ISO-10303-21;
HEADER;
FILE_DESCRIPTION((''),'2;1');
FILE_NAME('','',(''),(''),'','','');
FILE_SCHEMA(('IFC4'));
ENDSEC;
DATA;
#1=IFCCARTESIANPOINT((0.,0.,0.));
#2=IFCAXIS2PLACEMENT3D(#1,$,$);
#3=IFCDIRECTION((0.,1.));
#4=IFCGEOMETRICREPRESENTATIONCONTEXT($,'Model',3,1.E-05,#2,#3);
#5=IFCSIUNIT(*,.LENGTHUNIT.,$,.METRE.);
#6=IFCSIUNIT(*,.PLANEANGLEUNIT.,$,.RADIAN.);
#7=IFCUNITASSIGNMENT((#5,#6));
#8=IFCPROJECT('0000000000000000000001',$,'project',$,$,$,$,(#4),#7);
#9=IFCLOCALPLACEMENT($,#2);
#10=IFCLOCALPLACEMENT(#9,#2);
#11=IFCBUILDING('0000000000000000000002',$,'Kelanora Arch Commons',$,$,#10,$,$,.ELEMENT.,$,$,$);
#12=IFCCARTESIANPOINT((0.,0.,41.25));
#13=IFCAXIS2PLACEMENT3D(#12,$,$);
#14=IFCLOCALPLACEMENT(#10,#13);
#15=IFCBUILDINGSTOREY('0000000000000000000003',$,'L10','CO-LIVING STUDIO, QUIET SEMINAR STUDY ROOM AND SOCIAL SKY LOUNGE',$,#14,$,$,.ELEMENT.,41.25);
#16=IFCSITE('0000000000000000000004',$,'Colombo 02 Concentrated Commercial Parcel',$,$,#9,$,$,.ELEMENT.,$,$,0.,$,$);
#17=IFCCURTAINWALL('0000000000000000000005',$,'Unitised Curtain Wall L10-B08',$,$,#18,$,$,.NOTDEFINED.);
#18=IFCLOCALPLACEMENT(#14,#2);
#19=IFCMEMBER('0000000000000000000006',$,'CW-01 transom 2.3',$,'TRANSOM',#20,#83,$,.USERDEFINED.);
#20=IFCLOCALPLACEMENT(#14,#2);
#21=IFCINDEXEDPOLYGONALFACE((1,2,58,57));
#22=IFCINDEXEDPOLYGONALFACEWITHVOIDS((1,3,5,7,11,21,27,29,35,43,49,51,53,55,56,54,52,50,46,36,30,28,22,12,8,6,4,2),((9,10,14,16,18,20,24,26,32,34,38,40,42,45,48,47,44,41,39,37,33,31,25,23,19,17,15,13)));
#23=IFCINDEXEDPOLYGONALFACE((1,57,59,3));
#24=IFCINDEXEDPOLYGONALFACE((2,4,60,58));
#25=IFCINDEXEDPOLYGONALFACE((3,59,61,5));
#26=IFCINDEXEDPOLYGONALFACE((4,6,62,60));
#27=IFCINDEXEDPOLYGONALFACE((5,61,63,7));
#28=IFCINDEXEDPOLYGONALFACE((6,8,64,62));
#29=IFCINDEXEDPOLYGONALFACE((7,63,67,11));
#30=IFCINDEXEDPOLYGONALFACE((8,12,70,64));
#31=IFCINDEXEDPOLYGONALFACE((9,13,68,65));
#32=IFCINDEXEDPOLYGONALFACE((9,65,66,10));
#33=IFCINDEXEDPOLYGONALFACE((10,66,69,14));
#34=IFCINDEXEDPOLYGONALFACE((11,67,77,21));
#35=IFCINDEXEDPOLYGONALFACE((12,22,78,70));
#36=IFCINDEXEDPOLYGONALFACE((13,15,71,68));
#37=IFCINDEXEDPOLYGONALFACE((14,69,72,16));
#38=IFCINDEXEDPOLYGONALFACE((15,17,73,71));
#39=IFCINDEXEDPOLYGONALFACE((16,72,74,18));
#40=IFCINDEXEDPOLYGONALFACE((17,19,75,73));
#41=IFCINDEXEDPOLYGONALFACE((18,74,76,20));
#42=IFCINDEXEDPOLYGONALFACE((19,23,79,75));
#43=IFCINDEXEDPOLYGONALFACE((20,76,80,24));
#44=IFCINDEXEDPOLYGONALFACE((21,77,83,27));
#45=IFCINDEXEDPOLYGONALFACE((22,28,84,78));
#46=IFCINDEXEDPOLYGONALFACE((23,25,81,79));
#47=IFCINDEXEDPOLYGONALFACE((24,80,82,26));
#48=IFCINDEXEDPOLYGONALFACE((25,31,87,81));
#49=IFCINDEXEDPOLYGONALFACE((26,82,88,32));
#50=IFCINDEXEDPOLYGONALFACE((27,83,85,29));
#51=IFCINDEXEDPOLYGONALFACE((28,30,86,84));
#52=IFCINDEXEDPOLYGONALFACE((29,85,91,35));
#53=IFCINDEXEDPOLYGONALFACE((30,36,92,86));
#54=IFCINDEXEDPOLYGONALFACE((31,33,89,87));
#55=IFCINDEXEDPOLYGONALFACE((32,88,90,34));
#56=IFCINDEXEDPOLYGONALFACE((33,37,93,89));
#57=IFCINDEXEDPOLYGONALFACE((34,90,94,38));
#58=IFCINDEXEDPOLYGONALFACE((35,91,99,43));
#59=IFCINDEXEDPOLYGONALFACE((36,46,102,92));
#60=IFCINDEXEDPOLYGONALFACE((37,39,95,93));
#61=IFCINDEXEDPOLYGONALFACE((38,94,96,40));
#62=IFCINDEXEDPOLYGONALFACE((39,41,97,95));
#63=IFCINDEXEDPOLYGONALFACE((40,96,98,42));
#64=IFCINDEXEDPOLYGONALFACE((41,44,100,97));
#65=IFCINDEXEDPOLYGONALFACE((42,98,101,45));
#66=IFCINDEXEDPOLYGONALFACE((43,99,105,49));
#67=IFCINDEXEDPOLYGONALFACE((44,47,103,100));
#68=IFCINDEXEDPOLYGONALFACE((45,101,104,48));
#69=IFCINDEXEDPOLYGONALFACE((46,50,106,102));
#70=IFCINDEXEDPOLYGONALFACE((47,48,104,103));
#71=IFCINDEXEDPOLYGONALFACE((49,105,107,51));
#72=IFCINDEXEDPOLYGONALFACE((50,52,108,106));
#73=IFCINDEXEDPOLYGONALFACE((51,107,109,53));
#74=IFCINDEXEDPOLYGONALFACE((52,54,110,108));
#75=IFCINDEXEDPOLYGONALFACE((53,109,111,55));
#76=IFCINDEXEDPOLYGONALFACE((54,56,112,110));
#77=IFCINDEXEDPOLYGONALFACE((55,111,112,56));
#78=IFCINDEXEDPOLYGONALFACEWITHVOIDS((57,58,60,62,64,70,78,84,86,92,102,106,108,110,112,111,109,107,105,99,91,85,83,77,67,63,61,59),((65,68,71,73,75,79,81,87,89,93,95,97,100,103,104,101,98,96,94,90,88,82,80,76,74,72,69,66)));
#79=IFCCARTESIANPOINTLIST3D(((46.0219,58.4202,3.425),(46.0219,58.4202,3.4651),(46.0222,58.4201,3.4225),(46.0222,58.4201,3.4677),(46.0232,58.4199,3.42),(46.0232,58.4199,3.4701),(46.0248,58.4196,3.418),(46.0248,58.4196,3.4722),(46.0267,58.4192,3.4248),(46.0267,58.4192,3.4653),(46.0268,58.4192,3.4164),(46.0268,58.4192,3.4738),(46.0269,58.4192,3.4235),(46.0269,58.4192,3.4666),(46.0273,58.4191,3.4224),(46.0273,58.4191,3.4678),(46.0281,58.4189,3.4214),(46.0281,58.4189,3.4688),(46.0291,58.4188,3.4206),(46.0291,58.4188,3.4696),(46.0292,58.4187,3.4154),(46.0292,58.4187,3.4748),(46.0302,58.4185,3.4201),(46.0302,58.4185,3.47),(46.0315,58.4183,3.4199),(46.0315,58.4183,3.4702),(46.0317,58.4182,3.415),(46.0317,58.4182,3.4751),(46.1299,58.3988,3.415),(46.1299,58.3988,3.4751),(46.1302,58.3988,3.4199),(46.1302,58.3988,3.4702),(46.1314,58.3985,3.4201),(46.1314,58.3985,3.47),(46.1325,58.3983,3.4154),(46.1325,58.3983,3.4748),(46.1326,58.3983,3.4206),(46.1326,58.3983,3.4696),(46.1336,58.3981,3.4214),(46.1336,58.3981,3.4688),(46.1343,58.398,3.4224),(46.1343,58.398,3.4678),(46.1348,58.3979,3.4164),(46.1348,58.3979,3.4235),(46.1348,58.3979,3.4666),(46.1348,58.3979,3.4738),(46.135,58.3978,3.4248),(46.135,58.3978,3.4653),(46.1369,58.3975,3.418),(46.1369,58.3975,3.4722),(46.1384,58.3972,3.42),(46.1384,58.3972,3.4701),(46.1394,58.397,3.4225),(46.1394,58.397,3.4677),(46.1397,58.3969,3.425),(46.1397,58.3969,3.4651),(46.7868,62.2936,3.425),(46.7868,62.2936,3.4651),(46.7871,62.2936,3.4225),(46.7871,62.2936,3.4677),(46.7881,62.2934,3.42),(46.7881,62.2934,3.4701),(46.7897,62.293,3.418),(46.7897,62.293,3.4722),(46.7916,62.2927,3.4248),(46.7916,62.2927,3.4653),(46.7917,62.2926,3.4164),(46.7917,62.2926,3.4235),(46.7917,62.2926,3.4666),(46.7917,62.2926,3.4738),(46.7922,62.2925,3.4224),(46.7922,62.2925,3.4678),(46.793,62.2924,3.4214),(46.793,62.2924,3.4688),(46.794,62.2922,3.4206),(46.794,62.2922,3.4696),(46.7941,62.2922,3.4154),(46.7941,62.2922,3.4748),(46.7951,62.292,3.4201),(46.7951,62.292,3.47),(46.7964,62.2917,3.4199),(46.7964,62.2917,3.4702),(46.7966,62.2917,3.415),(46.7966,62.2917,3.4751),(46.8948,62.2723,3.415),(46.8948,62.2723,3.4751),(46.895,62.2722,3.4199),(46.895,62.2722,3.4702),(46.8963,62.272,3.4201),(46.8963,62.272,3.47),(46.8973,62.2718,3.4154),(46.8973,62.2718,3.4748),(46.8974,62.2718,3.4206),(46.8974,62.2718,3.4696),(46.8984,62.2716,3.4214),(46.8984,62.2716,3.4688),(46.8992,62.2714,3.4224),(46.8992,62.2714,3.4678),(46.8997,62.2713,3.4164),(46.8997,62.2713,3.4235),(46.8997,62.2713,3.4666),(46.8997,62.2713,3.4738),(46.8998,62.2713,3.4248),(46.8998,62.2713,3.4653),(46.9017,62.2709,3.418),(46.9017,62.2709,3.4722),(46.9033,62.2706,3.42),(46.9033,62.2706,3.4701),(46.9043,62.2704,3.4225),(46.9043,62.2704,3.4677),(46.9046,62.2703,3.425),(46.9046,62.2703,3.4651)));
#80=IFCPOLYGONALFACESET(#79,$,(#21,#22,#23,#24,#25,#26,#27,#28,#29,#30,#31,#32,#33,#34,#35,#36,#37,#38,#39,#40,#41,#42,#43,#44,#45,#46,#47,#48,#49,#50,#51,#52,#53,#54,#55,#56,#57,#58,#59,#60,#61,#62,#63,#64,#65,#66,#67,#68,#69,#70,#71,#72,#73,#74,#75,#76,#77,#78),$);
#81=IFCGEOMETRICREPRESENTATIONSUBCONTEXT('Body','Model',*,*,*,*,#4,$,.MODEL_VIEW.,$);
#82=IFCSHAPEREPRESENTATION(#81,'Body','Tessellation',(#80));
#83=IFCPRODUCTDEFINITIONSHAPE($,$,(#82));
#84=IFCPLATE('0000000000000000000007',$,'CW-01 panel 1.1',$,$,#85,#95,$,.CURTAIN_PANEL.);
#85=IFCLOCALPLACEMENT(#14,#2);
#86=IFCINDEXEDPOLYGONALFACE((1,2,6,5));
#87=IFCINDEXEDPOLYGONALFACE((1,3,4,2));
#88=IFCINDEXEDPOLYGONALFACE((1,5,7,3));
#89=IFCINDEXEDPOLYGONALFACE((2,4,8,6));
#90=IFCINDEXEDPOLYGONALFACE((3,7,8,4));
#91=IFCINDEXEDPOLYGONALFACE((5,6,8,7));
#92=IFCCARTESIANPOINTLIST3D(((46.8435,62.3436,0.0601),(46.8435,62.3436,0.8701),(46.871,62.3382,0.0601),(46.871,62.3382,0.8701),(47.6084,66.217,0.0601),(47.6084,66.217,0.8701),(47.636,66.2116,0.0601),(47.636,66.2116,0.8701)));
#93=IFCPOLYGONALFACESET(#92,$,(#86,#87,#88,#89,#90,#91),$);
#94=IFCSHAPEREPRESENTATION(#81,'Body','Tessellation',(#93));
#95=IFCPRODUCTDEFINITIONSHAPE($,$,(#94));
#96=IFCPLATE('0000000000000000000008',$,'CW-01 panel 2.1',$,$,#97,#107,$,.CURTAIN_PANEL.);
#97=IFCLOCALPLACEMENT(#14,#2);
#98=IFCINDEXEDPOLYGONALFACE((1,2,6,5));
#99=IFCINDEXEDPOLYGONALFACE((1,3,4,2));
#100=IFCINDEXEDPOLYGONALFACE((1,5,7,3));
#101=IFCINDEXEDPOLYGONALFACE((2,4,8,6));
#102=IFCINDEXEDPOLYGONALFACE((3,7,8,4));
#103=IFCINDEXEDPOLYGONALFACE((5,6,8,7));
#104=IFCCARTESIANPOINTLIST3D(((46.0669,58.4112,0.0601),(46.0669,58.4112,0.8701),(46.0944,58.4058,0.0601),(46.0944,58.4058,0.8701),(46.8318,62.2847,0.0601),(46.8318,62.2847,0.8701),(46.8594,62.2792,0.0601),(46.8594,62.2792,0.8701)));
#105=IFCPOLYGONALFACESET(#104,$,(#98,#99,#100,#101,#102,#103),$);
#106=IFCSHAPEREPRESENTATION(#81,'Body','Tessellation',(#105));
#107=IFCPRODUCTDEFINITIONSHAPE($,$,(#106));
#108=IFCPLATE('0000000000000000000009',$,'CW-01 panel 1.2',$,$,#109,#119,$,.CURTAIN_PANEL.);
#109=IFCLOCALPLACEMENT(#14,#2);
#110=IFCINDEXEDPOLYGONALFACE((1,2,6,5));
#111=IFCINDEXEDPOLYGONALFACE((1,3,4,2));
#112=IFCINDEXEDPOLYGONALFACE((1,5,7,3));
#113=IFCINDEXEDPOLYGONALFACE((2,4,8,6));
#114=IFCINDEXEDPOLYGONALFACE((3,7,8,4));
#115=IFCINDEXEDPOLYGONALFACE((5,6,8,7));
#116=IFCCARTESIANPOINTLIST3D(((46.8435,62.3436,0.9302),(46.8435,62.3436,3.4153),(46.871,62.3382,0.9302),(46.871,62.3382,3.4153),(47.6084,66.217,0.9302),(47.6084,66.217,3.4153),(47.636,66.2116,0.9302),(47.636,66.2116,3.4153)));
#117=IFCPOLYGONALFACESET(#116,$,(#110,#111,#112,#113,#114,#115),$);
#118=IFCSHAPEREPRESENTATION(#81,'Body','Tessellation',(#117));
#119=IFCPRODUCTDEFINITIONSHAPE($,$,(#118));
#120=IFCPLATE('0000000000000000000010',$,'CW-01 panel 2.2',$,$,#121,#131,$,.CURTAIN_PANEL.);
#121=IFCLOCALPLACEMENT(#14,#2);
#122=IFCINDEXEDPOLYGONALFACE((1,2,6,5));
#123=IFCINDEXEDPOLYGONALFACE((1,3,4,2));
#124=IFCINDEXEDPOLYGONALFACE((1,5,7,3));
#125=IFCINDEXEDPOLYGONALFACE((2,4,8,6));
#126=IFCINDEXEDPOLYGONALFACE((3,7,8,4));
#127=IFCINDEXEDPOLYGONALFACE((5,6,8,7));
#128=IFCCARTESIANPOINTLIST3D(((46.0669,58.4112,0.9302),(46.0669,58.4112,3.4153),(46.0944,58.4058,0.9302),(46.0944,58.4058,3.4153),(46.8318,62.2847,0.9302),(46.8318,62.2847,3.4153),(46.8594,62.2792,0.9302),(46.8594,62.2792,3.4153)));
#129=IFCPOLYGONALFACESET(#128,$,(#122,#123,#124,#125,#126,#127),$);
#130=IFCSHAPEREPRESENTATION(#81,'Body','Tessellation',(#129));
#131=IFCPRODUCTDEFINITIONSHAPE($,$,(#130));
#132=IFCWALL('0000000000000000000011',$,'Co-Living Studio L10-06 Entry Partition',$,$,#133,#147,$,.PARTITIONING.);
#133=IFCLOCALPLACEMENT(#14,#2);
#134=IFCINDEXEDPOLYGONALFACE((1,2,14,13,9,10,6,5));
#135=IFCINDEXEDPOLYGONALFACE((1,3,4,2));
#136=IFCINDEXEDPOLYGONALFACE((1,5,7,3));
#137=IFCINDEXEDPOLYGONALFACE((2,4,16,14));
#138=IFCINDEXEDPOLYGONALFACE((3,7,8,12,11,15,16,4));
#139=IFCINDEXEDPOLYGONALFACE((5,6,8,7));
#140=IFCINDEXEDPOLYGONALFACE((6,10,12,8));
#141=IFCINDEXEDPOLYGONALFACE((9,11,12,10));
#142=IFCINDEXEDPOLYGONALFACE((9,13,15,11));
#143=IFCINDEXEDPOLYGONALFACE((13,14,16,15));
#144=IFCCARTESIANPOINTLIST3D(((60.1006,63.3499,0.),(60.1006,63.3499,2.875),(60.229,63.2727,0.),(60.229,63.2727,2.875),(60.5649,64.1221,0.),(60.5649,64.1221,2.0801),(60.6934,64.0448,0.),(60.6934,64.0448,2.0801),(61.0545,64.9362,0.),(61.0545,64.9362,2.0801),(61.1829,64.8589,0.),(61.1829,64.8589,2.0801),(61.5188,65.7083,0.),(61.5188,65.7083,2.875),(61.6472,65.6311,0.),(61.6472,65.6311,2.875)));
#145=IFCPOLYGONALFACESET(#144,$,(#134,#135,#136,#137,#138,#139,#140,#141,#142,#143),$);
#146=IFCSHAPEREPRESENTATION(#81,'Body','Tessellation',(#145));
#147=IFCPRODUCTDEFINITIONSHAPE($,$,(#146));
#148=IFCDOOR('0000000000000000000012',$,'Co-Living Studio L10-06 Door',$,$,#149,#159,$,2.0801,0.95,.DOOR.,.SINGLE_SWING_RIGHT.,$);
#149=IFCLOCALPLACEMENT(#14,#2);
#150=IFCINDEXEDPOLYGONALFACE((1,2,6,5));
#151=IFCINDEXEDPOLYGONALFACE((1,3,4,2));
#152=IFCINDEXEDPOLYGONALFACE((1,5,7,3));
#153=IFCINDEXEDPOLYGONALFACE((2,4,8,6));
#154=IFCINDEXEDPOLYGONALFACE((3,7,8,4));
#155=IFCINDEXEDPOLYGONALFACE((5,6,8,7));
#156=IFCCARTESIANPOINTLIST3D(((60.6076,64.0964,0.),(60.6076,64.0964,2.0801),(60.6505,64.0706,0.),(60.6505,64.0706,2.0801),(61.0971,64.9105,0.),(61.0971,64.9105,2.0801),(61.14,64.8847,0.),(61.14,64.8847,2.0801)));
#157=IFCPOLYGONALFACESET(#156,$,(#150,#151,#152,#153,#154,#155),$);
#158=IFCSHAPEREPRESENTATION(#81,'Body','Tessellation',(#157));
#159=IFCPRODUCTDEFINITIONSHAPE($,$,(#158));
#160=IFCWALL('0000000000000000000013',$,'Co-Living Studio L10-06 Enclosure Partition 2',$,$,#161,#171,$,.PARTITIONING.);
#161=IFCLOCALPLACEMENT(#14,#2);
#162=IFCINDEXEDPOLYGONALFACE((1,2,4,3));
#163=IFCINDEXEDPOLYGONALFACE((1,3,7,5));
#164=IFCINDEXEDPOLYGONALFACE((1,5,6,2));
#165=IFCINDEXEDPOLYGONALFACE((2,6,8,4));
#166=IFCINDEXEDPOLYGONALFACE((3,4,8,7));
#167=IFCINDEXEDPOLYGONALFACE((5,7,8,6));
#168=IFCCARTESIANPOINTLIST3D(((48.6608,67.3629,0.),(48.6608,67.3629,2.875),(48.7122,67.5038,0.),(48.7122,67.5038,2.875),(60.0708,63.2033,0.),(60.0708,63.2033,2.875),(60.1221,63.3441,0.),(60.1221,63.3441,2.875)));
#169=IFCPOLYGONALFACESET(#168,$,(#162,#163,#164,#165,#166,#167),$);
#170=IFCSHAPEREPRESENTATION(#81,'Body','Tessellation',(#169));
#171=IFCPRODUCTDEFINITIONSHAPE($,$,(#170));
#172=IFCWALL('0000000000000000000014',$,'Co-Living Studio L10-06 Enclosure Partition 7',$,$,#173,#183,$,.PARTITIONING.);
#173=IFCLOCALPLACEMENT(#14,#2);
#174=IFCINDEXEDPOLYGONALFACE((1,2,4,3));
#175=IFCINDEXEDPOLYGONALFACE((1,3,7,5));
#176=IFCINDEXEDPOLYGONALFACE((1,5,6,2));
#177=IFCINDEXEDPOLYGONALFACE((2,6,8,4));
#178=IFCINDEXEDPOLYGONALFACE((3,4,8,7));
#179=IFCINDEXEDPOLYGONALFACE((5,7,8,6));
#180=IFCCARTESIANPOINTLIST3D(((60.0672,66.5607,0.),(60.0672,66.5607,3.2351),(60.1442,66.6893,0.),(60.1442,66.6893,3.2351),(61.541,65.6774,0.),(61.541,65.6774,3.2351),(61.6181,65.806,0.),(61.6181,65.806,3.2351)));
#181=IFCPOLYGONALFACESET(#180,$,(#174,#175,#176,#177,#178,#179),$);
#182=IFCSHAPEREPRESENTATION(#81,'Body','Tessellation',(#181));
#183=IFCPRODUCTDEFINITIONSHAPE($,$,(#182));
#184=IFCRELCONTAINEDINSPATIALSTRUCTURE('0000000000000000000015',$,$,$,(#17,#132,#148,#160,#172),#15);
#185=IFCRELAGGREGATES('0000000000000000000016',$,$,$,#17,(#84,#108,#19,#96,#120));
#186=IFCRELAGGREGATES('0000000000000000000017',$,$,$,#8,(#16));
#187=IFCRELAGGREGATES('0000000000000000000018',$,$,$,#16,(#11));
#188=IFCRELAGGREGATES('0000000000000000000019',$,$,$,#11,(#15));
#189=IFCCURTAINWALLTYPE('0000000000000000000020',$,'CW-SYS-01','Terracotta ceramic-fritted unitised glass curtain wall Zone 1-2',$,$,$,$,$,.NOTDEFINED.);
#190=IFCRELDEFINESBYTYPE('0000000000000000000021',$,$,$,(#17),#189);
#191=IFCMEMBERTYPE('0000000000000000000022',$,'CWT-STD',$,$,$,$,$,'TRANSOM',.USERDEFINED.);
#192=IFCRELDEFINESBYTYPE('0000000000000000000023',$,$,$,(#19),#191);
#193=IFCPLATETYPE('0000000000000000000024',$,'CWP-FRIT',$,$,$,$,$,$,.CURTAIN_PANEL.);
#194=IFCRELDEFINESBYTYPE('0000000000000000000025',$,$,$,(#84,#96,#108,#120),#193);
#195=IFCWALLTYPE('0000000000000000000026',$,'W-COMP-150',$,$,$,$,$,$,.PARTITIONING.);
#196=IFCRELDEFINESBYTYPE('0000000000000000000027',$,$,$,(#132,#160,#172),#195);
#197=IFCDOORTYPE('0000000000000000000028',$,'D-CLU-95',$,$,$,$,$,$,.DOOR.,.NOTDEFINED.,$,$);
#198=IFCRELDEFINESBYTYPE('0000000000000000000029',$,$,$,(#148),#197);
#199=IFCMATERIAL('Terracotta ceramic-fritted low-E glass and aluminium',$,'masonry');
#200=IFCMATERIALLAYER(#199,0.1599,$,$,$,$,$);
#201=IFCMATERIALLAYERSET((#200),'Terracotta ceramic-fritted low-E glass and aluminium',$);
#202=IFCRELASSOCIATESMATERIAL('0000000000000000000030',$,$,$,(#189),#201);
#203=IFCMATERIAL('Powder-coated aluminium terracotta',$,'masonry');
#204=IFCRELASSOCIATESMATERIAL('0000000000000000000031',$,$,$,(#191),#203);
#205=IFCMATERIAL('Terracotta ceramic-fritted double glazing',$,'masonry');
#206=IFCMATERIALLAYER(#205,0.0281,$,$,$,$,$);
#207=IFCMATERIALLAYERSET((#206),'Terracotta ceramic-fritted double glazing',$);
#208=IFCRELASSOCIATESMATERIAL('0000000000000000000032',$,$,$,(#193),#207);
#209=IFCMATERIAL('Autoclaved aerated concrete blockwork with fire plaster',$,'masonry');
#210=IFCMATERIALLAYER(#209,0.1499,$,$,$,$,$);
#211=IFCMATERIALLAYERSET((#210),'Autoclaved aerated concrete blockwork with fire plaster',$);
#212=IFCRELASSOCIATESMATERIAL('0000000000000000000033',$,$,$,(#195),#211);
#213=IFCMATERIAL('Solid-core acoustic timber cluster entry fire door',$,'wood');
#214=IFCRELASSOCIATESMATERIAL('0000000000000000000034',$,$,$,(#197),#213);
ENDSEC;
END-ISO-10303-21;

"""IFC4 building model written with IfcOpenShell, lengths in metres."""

from ifc_helpers import new_model, si_unit, direction, frame, frame_2d, origin, origin_2d, place, context, subcontext, project, spatial, rectangle, hollow_rectangle, extrude, source, transform, mapped, material, layer, layer_set, material_profile, profile_set, type_object, element, fill, aggregate, save


model = new_model("IFC4")

# Units and contexts
model_context = context("Model", 3, precision=1e-05, world=origin(), true_north=direction((0.0, 1.0)))
body_context = subcontext(model_context, "Body", "Model", "MODEL_VIEW")
ifc_project = project(units=[si_unit("LENGTHUNIT", "METRE"), si_unit("PLANEANGLEUNIT", "RADIAN")], contexts=[model_context])

# Site, building, storey
site_placement = place(None, origin())
site = spatial("IfcSite", under=ifc_project, at=site_placement, Name="Colombo 02 Concentrated Commercial Parcel", CompositionType="ELEMENT", RefElevation=0.0)
building_placement = place(site_placement, origin())
building = spatial("IfcBuilding", under=site, at=building_placement, Name="Kelanora Arch Commons", CompositionType="ELEMENT")
storey_placement = place(building_placement, frame((0.0, 0.0, 41.25)))
storey = spatial("IfcBuildingStorey", under=building, at=storey_placement, Name="L10", Description="CO-LIVING STUDIO, QUIET SEMINAR STUDY ROOM AND SOCIAL SKY LOUNGE", CompositionType="ELEMENT", Elevation=41.25)

# Curtain wall, member, plates
ifc_material_1 = material(Name="Terracotta ceramic-fritted low-E glass and aluminium", Category="masonry")
ifc_layer_1 = layer(ifc_material_1, 0.1599)
ifc_layer_set_1 = layer_set([ifc_layer_1], Name="Terracotta ceramic-fritted low-E glass and aluminium")
curtain_wall_type = type_object("IfcCurtainWallType", Name="CW-SYS-01", Description="Terracotta ceramic-fritted unitised glass curtain wall Zone 1-2", PredefinedType="NOTDEFINED", material=ifc_layer_set_1)
curtain_wall_placement = place(storey_placement, origin())
curtain_wall = element("IfcCurtainWall", 1, at=curtain_wall_placement, inside=storey, type_object=curtain_wall_type, Name="Unitised Curtain Wall L10-B08", PredefinedType="NOTDEFINED")
ifc_material_2 = material(Name="Powder-coated aluminium terracotta", Category="masonry")
ifc_material_profile_1 = material_profile(ifc_material_2, hollow_rectangle(XDim=0.1201, YDim=0.0601, WallThickness=0.0049, InnerFilletRadius=0.0049, OuterFilletRadius=0.01, at=origin_2d()), Name="CWT120x60")
ifc_profile_set_1 = profile_set([ifc_material_profile_1], Name="Powder-coated aluminium terracotta")
member_type_1 = type_object("IfcMemberType", Name="CWT-STD", ElementType="TRANSOM", PredefinedType="USERDEFINED", material=ifc_profile_set_1)
member_1_placement = place(storey_placement, frame((46.8457, 62.282, 3.4451), z_axis=(-0.193725, -0.981056, 0.0), x_axis=(0.981056, -0.193725, 0.0)))
member_1 = element("IfcMember", 2, at=member_1_placement, type_object=member_type_1, Name="CW-01 transom 2.3", ObjectType="TRANSOM", PredefinedType="USERDEFINED", context=body_context, shape_type="SweptSolid", body=[
    extrude(hollow_rectangle(XDim=0.1201, YDim=0.0601, WallThickness=0.0049, InnerFilletRadius=0.0049, OuterFilletRadius=0.01, at=origin_2d()), origin(), (0.0, 0.0, 1.0), 3.9482),
])
ifc_material_3 = material(Name="Terracotta ceramic-fritted double glazing", Category="masonry")
ifc_layer_2 = layer(ifc_material_3, 0.0281)
ifc_layer_set_2 = layer_set([ifc_layer_2], Name="Terracotta ceramic-fritted double glazing")
plate_type = type_object("IfcPlateType", Name="CWP-FRIT", PredefinedType="CURTAIN_PANEL", material=ifc_layer_set_2)
shared_shape_1 = source(origin(), body_context, "Body", "SweptSolid", [
    extrude(rectangle(XDim=3.9482, YDim=0.0281, at=origin_2d()), origin(), (0.0, 0.0, 1.0), 0.8101),
])
plate_1_placement = place(storey_placement, frame((47.2397, 64.2776, 0.0601), z_axis=(0.0, 0.0, 1.0), x_axis=(-0.193744, -0.981052, 0.0)))
plate_1 = element("IfcPlate", 3, at=plate_1_placement, type_object=plate_type, Name="CW-01 panel 1.1", PredefinedType="CURTAIN_PANEL", context=body_context, shape_type="MappedRepresentation", body=[
    mapped(shared_shape_1, transform((0.0, 0.0, 0.0), scale=1.0)),
])
plate_2_placement = place(storey_placement, frame((46.4631, 60.3452, 0.0601), z_axis=(0.0, 0.0, 1.0), x_axis=(-0.193744, -0.981052, 0.0)))
plate_2 = element("IfcPlate", 4, at=plate_2_placement, type_object=plate_type, Name="CW-01 panel 2.1", PredefinedType="CURTAIN_PANEL", context=body_context, shape_type="MappedRepresentation", body=[
    mapped(shared_shape_1, transform((0.0, 0.0, 0.0), scale=1.0)),
])
shared_shape_2 = source(origin(), body_context, "Body", "SweptSolid", [
    extrude(rectangle(XDim=3.9482, YDim=0.0281, at=origin_2d()), origin(), (0.0, 0.0, 1.0), 2.4851),
])
plate_3_placement = place(storey_placement, frame((47.2397, 64.2776, 0.9302), z_axis=(0.0, 0.0, 1.0), x_axis=(-0.193744, -0.981052, 0.0)))
plate_3 = element("IfcPlate", 5, at=plate_3_placement, type_object=plate_type, Name="CW-01 panel 1.2", PredefinedType="CURTAIN_PANEL", context=body_context, shape_type="MappedRepresentation", body=[
    mapped(shared_shape_2, transform((0.0, 0.0, 0.0), scale=1.0)),
])
plate_4_placement = place(storey_placement, frame((46.4631, 60.3452, 0.9302), z_axis=(0.0, 0.0, 1.0), x_axis=(-0.193744, -0.981052, 0.0)))
plate_4 = element("IfcPlate", 6, at=plate_4_placement, type_object=plate_type, Name="CW-01 panel 2.2", PredefinedType="CURTAIN_PANEL", context=body_context, shape_type="MappedRepresentation", body=[
    mapped(shared_shape_2, transform((0.0, 0.0, 0.0), scale=1.0)),
])
aggregate(curtain_wall, [plate_1, plate_3, member_1, plate_2, plate_4])

# Wall, opening, door
ifc_material_4 = material(Name="Autoclaved aerated concrete blockwork with fire plaster", Category="masonry")
ifc_layer_3 = layer(ifc_material_4, 0.1499)
ifc_layer_set_3 = layer_set([ifc_layer_3], Name="Autoclaved aerated concrete blockwork with fire plaster")
wall_type_1 = type_object("IfcWallType", Name="W-COMP-150", PredefinedType="PARTITIONING", material=ifc_layer_set_3)
wall_1_placement = place(storey_placement, frame((61.583, 65.6697, 0.0), z_axis=(0.0, 0.0, 1.0), x_axis=(-0.515344, -0.856984, 0.0)))
wall_1 = element("IfcWall", 7, at=wall_1_placement, inside=storey, type_object=wall_type_1, Name="Co-Living Studio L10-06 Entry Partition", PredefinedType="PARTITIONING", context=body_context, shape_type="SweptSolid", body=[
    extrude(rectangle(XDim=2.752, YDim=0.1499, at=frame_2d((1.376, 0.0))), origin(), (0.0, 0.0, 1.0), 2.875),
])
opening_1_placement = place(wall_1_placement, frame((0.9009, 0.0, 0.0)))
opening_1 = element("IfcOpeningElement", 8, at=opening_1_placement, cuts=wall_1, PredefinedType="OPENING", context=body_context, shape_type="SweptSolid", body=[
    extrude(rectangle(XDim=0.95, YDim=2.0801, at=frame_2d((0.4751, 1.04))), frame((0.0, 0.085, 0.0), z_axis=(0.0, -1.0, 0.0), x_axis=(1.0, 0.0, 0.0)), (0.0, 0.0, 1.0), 0.1699),
])
ifc_material_5 = material(Name="Solid-core acoustic timber cluster entry fire door", Category="wood")
door_type_1 = type_object("IfcDoorType", Name="D-CLU-95", OperationType="NOTDEFINED", PredefinedType="DOOR", material=ifc_material_5)
door_1_placement = place(opening_1_placement, origin())
door_1 = element("IfcDoor", 9, at=door_1_placement, inside=storey, type_object=door_type_1, Name="Co-Living Studio L10-06 Door", OperationType="SINGLE_SWING_RIGHT", OverallHeight=2.0801, OverallWidth=0.95, PredefinedType="DOOR", context=body_context, shape_type="SweptSolid", body=[
    extrude(rectangle(XDim=0.95, YDim=2.0801, at=frame_2d((0.4751, 1.04))), frame((0.0, 0.0249, 0.0), z_axis=(0.0, -1.0, 0.0), x_axis=(1.0, 0.0, 0.0)), (0.0, 0.0, 1.0), 0.05),
])
fill(opening_1, door_1)

# Walls
wall_2_placement = place(storey_placement, frame((60.0964, 63.2737, 0.0), z_axis=(0.0, 0.0, 1.0), x_axis=(-0.939513, 0.342514, 0.0)))
element("IfcWall", 10, at=wall_2_placement, inside=storey, type_object=wall_type_1, Name="Co-Living Studio L10-06 Enclosure Partition 2", PredefinedType="PARTITIONING", context=body_context, shape_type="SweptSolid", body=[
    extrude(rectangle(XDim=12.1445, YDim=0.1499, at=frame_2d((6.0723, 0.0))), origin(), (0.0, 0.0, 1.0), 2.875),
])
wall_3_placement = place(storey_placement, frame((60.1057, 66.625, 0.0), z_axis=(0.0, 0.0, 1.0), x_axis=(0.857756, -0.514057, 0.0)))
element("IfcWall", 11, at=wall_3_placement, inside=storey, type_object=wall_type_1, Name="Co-Living Studio L10-06 Enclosure Partition 7", PredefinedType="PARTITIONING", context=body_context, shape_type="SweptSolid", body=[
    extrude(rectangle(XDim=1.7183, YDim=0.1499, at=frame_2d((0.8591, 0.0))), origin(), (0.0, 0.0, 1.0), 3.2351),
])

save(model, "model.ifc")
